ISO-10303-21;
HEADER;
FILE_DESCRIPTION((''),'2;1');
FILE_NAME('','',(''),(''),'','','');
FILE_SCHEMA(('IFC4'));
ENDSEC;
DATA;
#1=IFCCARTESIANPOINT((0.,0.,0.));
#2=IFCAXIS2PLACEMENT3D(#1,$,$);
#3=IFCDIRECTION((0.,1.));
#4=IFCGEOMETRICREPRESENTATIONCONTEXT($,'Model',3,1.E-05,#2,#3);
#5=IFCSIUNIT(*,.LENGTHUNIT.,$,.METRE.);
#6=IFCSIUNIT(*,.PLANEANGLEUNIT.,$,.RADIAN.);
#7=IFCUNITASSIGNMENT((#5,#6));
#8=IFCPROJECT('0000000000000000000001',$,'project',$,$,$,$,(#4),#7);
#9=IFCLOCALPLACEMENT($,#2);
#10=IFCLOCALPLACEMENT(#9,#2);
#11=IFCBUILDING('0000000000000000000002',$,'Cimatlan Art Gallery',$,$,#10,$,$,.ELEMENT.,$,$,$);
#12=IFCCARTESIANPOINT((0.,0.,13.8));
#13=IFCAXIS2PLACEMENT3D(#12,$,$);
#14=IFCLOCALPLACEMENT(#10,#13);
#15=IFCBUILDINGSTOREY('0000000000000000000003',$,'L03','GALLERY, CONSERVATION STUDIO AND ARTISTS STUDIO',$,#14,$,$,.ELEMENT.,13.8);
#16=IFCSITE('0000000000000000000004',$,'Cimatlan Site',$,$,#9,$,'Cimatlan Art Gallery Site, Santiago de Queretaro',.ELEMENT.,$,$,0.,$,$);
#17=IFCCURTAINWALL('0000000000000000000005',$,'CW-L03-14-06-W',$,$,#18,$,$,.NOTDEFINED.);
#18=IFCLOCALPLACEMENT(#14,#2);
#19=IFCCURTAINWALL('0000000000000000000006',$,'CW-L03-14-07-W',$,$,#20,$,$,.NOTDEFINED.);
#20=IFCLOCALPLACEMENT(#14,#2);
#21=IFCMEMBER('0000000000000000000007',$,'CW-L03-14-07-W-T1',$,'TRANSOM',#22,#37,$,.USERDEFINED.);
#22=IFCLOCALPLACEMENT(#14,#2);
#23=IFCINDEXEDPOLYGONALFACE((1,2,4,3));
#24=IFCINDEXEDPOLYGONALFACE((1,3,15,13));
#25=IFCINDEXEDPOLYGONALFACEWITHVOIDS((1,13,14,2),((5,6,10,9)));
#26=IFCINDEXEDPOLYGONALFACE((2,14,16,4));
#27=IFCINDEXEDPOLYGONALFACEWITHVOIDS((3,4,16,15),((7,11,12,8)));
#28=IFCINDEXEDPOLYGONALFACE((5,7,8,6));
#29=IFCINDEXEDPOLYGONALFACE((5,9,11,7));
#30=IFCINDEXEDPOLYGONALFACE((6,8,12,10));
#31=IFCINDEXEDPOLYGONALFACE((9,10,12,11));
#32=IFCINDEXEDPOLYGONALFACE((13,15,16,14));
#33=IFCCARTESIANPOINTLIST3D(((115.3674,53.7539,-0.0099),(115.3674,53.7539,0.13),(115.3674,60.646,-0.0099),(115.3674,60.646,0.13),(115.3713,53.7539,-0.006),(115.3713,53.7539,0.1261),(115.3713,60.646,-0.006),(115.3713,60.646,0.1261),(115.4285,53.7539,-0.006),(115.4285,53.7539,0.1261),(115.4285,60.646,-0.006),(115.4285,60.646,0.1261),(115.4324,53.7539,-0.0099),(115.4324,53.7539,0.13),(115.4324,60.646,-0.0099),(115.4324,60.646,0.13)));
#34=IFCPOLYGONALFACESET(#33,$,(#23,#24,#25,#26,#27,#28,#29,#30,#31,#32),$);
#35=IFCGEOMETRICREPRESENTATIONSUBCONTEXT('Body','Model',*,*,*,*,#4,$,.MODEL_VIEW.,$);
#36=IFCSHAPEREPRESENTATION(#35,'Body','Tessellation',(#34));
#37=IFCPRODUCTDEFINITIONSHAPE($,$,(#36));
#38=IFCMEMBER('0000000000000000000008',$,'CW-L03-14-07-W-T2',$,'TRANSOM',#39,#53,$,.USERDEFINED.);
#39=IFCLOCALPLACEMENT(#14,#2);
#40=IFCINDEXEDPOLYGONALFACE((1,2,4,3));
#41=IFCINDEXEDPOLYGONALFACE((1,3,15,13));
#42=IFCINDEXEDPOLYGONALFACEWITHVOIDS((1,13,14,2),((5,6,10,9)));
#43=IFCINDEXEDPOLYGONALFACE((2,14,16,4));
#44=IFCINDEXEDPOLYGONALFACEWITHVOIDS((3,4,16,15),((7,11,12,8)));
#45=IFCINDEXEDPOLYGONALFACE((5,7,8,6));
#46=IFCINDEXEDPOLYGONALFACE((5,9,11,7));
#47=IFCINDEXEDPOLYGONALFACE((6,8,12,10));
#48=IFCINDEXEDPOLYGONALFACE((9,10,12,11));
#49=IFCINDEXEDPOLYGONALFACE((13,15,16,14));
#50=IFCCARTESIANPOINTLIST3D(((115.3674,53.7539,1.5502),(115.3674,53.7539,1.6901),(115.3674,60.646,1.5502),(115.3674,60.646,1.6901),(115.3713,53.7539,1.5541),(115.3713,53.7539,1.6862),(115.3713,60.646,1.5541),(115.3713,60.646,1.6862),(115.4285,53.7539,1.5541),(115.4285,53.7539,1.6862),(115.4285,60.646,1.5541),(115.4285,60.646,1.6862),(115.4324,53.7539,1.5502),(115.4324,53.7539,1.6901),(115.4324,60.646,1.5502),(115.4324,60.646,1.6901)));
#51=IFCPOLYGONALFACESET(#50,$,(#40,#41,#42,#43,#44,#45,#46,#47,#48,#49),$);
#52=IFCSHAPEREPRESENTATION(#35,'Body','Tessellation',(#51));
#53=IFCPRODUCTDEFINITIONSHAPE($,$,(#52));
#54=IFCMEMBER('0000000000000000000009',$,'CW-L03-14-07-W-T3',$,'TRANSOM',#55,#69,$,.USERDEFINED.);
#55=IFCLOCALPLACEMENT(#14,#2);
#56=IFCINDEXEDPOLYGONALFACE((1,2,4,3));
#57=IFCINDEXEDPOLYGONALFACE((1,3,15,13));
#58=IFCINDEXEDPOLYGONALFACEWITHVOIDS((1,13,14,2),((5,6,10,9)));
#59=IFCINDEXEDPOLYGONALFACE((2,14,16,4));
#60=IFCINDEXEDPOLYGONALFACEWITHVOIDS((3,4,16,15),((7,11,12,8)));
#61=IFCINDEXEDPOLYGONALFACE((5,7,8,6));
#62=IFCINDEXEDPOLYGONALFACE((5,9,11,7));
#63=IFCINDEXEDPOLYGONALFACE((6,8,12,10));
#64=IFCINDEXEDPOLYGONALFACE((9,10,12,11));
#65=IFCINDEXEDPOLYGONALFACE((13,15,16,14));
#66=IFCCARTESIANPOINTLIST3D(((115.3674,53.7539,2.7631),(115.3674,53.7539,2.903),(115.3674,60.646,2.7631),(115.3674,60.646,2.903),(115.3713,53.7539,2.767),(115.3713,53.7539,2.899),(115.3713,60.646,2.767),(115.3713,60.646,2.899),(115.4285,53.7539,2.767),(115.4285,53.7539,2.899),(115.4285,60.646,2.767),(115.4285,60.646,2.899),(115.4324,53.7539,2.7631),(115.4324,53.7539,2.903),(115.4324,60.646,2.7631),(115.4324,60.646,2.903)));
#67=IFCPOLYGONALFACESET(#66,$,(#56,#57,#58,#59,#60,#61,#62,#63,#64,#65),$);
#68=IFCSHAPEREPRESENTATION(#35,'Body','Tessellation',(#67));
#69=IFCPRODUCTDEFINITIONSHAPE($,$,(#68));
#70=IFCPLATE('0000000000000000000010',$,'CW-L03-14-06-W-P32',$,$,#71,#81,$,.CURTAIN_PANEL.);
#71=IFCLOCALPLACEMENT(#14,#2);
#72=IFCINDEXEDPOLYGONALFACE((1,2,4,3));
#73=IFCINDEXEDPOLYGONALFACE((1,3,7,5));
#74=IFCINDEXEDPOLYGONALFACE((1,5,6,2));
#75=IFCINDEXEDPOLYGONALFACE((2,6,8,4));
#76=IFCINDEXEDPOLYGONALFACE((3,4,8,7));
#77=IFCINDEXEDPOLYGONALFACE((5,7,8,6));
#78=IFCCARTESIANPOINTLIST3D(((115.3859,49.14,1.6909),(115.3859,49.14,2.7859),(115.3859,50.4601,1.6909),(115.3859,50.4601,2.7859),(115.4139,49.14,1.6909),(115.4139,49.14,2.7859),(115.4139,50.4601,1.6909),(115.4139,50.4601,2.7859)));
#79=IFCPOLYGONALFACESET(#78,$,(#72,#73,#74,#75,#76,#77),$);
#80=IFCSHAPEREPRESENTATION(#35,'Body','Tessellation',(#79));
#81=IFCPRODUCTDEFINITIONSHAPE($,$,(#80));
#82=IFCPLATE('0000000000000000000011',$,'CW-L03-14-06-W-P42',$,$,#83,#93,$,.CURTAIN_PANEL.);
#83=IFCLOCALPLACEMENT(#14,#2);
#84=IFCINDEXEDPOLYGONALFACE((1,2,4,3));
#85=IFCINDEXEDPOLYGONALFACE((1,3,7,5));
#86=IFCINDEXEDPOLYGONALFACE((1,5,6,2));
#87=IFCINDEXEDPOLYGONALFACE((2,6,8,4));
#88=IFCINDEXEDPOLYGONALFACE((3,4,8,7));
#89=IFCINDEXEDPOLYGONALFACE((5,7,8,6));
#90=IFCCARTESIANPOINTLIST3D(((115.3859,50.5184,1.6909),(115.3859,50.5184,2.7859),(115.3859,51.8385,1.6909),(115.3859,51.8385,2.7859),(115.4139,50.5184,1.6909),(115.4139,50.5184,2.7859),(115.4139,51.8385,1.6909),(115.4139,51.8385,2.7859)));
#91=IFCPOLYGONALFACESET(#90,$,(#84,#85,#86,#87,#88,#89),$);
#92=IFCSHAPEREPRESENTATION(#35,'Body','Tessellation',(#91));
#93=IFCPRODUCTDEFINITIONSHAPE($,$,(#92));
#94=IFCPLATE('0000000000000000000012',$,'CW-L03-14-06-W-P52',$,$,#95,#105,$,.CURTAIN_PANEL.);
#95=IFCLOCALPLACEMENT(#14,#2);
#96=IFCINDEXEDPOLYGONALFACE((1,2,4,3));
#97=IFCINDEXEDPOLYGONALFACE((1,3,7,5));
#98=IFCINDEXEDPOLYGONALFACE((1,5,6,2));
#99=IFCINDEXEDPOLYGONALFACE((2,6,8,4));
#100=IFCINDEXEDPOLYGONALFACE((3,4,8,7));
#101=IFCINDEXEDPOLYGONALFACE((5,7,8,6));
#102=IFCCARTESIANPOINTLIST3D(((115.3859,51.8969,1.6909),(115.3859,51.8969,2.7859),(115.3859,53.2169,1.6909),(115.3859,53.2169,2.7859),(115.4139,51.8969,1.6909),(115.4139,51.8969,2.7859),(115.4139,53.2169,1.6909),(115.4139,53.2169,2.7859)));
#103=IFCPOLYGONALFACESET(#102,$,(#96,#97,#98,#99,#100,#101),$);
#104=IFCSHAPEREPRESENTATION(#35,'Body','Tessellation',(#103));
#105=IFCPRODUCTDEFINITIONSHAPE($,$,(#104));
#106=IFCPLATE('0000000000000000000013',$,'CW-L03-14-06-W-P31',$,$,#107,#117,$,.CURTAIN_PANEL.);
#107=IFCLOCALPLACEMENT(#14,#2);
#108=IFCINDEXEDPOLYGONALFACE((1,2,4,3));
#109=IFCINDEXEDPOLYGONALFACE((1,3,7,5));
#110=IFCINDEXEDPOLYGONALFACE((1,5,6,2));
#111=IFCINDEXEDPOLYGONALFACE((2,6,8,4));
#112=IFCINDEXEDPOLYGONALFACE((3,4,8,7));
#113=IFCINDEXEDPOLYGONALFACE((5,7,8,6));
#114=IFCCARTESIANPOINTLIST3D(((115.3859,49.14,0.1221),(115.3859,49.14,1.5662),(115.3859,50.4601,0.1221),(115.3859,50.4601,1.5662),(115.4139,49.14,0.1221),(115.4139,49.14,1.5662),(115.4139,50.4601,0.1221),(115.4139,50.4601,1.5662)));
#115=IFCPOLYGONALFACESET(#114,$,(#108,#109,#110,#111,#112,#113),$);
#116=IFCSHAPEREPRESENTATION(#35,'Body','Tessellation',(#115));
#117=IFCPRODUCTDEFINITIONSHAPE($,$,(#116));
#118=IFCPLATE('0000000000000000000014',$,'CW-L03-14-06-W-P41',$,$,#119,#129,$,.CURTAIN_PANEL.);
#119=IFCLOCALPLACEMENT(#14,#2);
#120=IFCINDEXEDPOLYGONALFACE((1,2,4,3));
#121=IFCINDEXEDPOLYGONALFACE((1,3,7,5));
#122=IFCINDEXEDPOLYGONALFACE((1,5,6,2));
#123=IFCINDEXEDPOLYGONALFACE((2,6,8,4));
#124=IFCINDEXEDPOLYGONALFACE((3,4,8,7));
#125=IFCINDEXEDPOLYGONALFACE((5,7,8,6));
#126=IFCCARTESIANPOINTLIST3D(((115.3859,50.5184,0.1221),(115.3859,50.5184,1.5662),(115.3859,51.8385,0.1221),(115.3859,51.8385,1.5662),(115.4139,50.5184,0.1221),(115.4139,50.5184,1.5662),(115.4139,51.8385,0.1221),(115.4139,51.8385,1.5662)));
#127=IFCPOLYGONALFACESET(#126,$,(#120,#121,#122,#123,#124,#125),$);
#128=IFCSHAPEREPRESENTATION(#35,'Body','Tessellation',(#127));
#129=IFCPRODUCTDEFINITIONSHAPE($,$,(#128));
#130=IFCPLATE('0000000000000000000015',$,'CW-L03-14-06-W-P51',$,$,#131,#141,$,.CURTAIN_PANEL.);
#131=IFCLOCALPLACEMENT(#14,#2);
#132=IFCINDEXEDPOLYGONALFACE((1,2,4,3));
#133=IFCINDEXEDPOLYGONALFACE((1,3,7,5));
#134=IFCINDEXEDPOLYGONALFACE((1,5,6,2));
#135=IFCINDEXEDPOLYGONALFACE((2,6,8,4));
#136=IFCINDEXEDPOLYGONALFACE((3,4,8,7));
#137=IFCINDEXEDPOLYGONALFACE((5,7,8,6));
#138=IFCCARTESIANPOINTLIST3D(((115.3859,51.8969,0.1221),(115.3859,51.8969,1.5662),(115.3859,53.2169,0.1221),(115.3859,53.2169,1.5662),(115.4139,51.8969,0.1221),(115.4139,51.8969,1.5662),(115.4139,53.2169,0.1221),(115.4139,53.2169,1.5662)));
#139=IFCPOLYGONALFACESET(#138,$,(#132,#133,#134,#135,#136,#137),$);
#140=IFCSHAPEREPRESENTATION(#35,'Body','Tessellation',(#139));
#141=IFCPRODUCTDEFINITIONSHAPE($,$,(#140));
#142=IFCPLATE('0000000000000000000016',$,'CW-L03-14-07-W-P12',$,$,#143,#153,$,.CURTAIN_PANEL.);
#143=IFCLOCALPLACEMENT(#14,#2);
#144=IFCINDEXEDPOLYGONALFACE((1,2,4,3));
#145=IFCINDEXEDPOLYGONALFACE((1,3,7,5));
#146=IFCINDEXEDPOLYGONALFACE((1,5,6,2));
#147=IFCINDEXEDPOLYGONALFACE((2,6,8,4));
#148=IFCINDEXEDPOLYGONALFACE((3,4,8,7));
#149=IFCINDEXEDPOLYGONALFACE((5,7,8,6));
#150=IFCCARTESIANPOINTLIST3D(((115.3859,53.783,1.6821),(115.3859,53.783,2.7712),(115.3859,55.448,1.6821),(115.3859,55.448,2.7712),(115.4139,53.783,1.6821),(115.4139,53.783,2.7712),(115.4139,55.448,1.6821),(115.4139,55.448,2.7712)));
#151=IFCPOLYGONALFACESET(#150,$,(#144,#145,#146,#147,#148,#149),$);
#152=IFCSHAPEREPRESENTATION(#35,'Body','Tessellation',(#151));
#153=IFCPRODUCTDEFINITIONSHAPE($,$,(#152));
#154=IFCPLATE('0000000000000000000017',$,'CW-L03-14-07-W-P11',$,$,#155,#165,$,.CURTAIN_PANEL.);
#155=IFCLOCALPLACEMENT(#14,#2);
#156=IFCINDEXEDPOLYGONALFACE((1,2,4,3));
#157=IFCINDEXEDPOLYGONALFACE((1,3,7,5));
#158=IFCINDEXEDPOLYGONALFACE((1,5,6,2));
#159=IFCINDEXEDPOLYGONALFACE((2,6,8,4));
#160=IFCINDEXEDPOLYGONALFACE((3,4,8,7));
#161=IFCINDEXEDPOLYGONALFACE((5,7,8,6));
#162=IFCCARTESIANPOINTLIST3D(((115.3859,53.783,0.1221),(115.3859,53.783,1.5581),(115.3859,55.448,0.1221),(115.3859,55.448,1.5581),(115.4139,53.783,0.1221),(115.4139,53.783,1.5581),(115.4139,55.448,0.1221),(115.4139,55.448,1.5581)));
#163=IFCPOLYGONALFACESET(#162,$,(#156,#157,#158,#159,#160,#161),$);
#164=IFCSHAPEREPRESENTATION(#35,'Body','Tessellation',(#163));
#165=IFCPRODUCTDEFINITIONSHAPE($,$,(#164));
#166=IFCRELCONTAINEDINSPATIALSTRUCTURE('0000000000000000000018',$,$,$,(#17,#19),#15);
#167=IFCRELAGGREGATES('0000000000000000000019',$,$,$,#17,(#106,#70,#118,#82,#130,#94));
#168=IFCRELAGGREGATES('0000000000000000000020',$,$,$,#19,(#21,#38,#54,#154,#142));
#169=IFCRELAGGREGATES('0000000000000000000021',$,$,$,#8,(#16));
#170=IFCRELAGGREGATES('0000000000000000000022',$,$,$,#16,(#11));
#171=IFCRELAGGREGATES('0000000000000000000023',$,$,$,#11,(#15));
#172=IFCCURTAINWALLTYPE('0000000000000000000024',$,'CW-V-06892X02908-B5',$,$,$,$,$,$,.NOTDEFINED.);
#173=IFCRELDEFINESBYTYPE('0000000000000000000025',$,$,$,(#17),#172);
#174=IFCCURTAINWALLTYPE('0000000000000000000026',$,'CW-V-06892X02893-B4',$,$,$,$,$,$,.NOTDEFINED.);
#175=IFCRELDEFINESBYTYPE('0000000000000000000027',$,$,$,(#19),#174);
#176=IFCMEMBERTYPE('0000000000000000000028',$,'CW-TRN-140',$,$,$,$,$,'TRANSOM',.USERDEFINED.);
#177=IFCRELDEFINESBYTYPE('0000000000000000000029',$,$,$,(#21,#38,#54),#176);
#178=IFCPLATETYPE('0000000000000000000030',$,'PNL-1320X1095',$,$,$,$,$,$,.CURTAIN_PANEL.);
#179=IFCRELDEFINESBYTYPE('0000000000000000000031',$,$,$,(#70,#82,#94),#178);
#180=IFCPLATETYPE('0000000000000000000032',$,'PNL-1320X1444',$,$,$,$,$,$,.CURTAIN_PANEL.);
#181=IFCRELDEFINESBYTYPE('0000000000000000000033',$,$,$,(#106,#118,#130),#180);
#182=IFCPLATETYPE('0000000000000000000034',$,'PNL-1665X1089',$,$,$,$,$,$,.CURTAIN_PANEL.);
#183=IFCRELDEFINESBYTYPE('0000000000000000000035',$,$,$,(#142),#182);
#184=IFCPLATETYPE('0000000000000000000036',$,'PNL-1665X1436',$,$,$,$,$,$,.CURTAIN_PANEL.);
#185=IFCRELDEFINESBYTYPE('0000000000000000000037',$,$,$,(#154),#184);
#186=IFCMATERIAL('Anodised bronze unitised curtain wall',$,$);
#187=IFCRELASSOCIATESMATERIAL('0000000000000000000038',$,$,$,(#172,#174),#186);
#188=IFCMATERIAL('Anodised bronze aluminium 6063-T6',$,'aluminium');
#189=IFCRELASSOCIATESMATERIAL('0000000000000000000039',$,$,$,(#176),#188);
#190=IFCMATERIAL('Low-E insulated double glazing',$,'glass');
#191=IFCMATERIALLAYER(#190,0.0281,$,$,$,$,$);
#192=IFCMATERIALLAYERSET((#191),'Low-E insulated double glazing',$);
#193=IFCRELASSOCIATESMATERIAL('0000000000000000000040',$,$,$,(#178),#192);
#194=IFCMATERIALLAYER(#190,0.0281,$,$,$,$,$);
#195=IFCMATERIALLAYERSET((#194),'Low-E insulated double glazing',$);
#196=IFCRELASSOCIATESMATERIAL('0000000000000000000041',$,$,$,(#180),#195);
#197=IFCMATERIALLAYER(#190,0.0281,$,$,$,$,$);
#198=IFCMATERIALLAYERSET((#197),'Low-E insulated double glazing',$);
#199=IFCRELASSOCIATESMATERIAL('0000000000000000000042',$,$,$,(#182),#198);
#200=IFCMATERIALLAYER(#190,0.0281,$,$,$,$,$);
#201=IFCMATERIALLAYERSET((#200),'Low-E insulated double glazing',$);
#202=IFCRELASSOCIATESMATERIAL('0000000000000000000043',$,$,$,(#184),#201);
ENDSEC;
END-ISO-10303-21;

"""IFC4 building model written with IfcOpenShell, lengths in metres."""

from ifc_helpers import new_model, si_unit, direction, frame, origin, origin_2d, place, context, subcontext, project, spatial, rectangle, hollow_rectangle, extrude, material, layer, layer_set, material_profile, profile_set, type_object, element, aggregate, save


model = new_model("IFC4")

# Units and contexts
model_context = context("Model", 3, precision=1e-05, world=origin(), true_north=direction((0.0, 1.0)))
body_context = subcontext(model_context, "Body", "Model", "MODEL_VIEW")
ifc_project = project(units=[si_unit("LENGTHUNIT", "METRE"), si_unit("PLANEANGLEUNIT", "RADIAN")], contexts=[model_context])

# Site, building, storey
site_placement = place(None, origin())
site = spatial("IfcSite", under=ifc_project, at=site_placement, Name="Cimatlan Site", LongName="Cimatlan Art Gallery Site, Santiago de Queretaro", CompositionType="ELEMENT", RefElevation=0.0)
building_placement = place(site_placement, origin())
building = spatial("IfcBuilding", under=site, at=building_placement, Name="Cimatlan Art Gallery", CompositionType="ELEMENT")
storey_placement = place(building_placement, frame((0.0, 0.0, 13.8)))
storey = spatial("IfcBuildingStorey", under=building, at=storey_placement, Name="L03", Description="GALLERY, CONSERVATION STUDIO AND ARTISTS STUDIO", CompositionType="ELEMENT", Elevation=13.8)

# Curtain walls, members
ifc_material_1 = material(Name="Anodised bronze unitised curtain wall")
curtain_wall_type_1 = type_object("IfcCurtainWallType", Name="CW-V-06892X02908-B5", PredefinedType="NOTDEFINED", material=ifc_material_1)
curtain_wall_1_placement = place(storey_placement, origin())
curtain_wall_1 = element("IfcCurtainWall", 1, at=curtain_wall_1_placement, inside=storey, type_object=curtain_wall_type_1, Name="CW-L03-14-06-W", PredefinedType="NOTDEFINED")
ifc_material_2 = material(Name="Anodised bronze aluminium 6063-T6", Category="aluminium")
curtain_wall_type_2 = type_object("IfcCurtainWallType", Name="CW-V-06892X02893-B4", PredefinedType="NOTDEFINED", material=ifc_material_1)
curtain_wall_2_placement = place(storey_placement, origin())
curtain_wall_2 = element("IfcCurtainWall", 2, at=curtain_wall_2_placement, inside=storey, type_object=curtain_wall_type_2, Name="CW-L03-14-07-W", PredefinedType="NOTDEFINED")
ifc_material_profile_1 = material_profile(ifc_material_2, hollow_rectangle(XDim=0.0649, YDim=0.1399, WallThickness=0.0039, at=origin_2d()), Name="ALU65X140X4")
ifc_profile_set_1 = profile_set([ifc_material_profile_1], Name="Anodised bronze aluminium 6063-T6")
member_type_1 = type_object("IfcMemberType", Name="CW-TRN-140", ElementType="TRANSOM", PredefinedType="USERDEFINED", material=ifc_profile_set_1)
member_1_placement = place(storey_placement, frame((115.3999, 53.7539, 0.0601), z_axis=(0.0, 1.0, 0.0), x_axis=(-1.0, 0.0, 0.0)))
member_1 = element("IfcMember", 3, at=member_1_placement, type_object=member_type_1, Name="CW-L03-14-07-W-T1", ObjectType="TRANSOM", PredefinedType="USERDEFINED", context=body_context, shape_type="SweptSolid", body=[
    extrude(hollow_rectangle(XDim=0.0649, YDim=0.1399, WallThickness=0.0039, at=origin_2d()), origin(), (0.0, 0.0, 1.0), 6.8921),
])
member_2_placement = place(storey_placement, frame((115.3999, 53.7539, 1.6201), z_axis=(0.0, 1.0, 0.0), x_axis=(-1.0, 0.0, 0.0)))
member_2 = element("IfcMember", 4, at=member_2_placement, type_object=member_type_1, Name="CW-L03-14-07-W-T2", ObjectType="TRANSOM", PredefinedType="USERDEFINED", context=body_context, shape_type="SweptSolid", body=[
    extrude(hollow_rectangle(XDim=0.0649, YDim=0.1399, WallThickness=0.0039, at=origin_2d()), origin(), (0.0, 0.0, 1.0), 6.8921),
])
member_3_placement = place(storey_placement, frame((115.3999, 53.7539, 2.833), z_axis=(0.0, 1.0, 0.0), x_axis=(-1.0, 0.0, 0.0)))
member_3 = element("IfcMember", 5, at=member_3_placement, type_object=member_type_1, Name="CW-L03-14-07-W-T3", ObjectType="TRANSOM", PredefinedType="USERDEFINED", context=body_context, shape_type="SweptSolid", body=[
    extrude(hollow_rectangle(XDim=0.0649, YDim=0.1399, WallThickness=0.0039, at=origin_2d()), origin(), (0.0, 0.0, 1.0), 6.8921),
])

# Plates
ifc_material_3 = material(Name="Low-E insulated double glazing", Category="glass")
ifc_layer_1 = layer(ifc_material_3, 0.0281)
ifc_layer_set_1 = layer_set([ifc_layer_1], Name="Low-E insulated double glazing")
plate_type_1 = type_object("IfcPlateType", Name="PNL-1320X1095", PredefinedType="CURTAIN_PANEL", material=ifc_layer_set_1)
plate_1_placement = place(storey_placement, frame((115.3999, 49.8, 1.6909), z_axis=(0.0, 0.0, 1.0), x_axis=(0.0, 1.0, 0.0)))
plate_1 = element("IfcPlate", 6, at=plate_1_placement, type_object=plate_type_1, Name="CW-L03-14-06-W-P32", PredefinedType="CURTAIN_PANEL", context=body_context, shape_type="SweptSolid", body=[
    extrude(rectangle(XDim=1.3201, YDim=0.0281, at=origin_2d()), origin(), (0.0, 0.0, 1.0), 1.095),
])
plate_2_placement = place(storey_placement, frame((115.3999, 51.1785, 1.6909), z_axis=(0.0, 0.0, 1.0), x_axis=(0.0, 1.0, 0.0)))
plate_2 = element("IfcPlate", 7, at=plate_2_placement, type_object=plate_type_1, Name="CW-L03-14-06-W-P42", PredefinedType="CURTAIN_PANEL", context=body_context, shape_type="SweptSolid", body=[
    extrude(rectangle(XDim=1.3201, YDim=0.0281, at=origin_2d()), origin(), (0.0, 0.0, 1.0), 1.095),
])
plate_3_placement = place(storey_placement, frame((115.3999, 52.5569, 1.6909), z_axis=(0.0, 0.0, 1.0), x_axis=(0.0, 1.0, 0.0)))
plate_3 = element("IfcPlate", 8, at=plate_3_placement, type_object=plate_type_1, Name="CW-L03-14-06-W-P52", PredefinedType="CURTAIN_PANEL", context=body_context, shape_type="SweptSolid", body=[
    extrude(rectangle(XDim=1.3201, YDim=0.0281, at=origin_2d()), origin(), (0.0, 0.0, 1.0), 1.095),
])
ifc_layer_2 = layer(ifc_material_3, 0.0281)
ifc_layer_set_2 = layer_set([ifc_layer_2], Name="Low-E insulated double glazing")
plate_type_2 = type_object("IfcPlateType", Name="PNL-1320X1444", PredefinedType="CURTAIN_PANEL", material=ifc_layer_set_2)
plate_4_placement = place(storey_placement, frame((115.3999, 49.8, 0.1221), z_axis=(0.0, 0.0, 1.0), x_axis=(0.0, 1.0, 0.0)))
plate_4 = element("IfcPlate", 9, at=plate_4_placement, type_object=plate_type_2, Name="CW-L03-14-06-W-P31", PredefinedType="CURTAIN_PANEL", context=body_context, shape_type="SweptSolid", body=[
    extrude(rectangle(XDim=1.3201, YDim=0.0281, at=origin_2d()), origin(), (0.0, 0.0, 1.0), 1.4441),
])
plate_5_placement = place(storey_placement, frame((115.3999, 51.1785, 0.1221), z_axis=(0.0, 0.0, 1.0), x_axis=(0.0, 1.0, 0.0)))
plate_5 = element("IfcPlate", 10, at=plate_5_placement, type_object=plate_type_2, Name="CW-L03-14-06-W-P41", PredefinedType="CURTAIN_PANEL", context=body_context, shape_type="SweptSolid", body=[
    extrude(rectangle(XDim=1.3201, YDim=0.0281, at=origin_2d()), origin(), (0.0, 0.0, 1.0), 1.4441),
])
plate_6_placement = place(storey_placement, frame((115.3999, 52.5569, 0.1221), z_axis=(0.0, 0.0, 1.0), x_axis=(0.0, 1.0, 0.0)))
plate_6 = element("IfcPlate", 11, at=plate_6_placement, type_object=plate_type_2, Name="CW-L03-14-06-W-P51", PredefinedType="CURTAIN_PANEL", context=body_context, shape_type="SweptSolid", body=[
    extrude(rectangle(XDim=1.3201, YDim=0.0281, at=origin_2d()), origin(), (0.0, 0.0, 1.0), 1.4441),
])
aggregate(curtain_wall_1, [plate_4, plate_1, plate_5, plate_2, plate_6, plate_3])
ifc_layer_3 = layer(ifc_material_3, 0.0281)
ifc_layer_set_3 = layer_set([ifc_layer_3], Name="Low-E insulated double glazing")
plate_type_3 = type_object("IfcPlateType", Name="PNL-1665X1089", PredefinedType="CURTAIN_PANEL", material=ifc_layer_set_3)
plate_7_placement = place(storey_placement, frame((115.3999, 54.6155, 1.6821), z_axis=(0.0, 0.0, 1.0), x_axis=(0.0, 1.0, 0.0)))
plate_7 = element("IfcPlate", 12, at=plate_7_placement, type_object=plate_type_3, Name="CW-L03-14-07-W-P12", PredefinedType="CURTAIN_PANEL", context=body_context, shape_type="SweptSolid", body=[
    extrude(rectangle(XDim=1.665, YDim=0.0281, at=origin_2d()), origin(), (0.0, 0.0, 1.0), 1.0891),
])
ifc_layer_4 = layer(ifc_material_3, 0.0281)
ifc_layer_set_4 = layer_set([ifc_layer_4], Name="Low-E insulated double glazing")
plate_type_4 = type_object("IfcPlateType", Name="PNL-1665X1436", PredefinedType="CURTAIN_PANEL", material=ifc_layer_set_4)
plate_8_placement = place(storey_placement, frame((115.3999, 54.6155, 0.1221), z_axis=(0.0, 0.0, 1.0), x_axis=(0.0, 1.0, 0.0)))
plate_8 = element("IfcPlate", 13, at=plate_8_placement, type_object=plate_type_4, Name="CW-L03-14-07-W-P11", PredefinedType="CURTAIN_PANEL", context=body_context, shape_type="SweptSolid", body=[
    extrude(rectangle(XDim=1.665, YDim=0.0281, at=origin_2d()), origin(), (0.0, 0.0, 1.0), 1.436),
])
aggregate(curtain_wall_2, [member_1, member_2, member_3, plate_8, plate_7])

save(model, "model.ifc")
